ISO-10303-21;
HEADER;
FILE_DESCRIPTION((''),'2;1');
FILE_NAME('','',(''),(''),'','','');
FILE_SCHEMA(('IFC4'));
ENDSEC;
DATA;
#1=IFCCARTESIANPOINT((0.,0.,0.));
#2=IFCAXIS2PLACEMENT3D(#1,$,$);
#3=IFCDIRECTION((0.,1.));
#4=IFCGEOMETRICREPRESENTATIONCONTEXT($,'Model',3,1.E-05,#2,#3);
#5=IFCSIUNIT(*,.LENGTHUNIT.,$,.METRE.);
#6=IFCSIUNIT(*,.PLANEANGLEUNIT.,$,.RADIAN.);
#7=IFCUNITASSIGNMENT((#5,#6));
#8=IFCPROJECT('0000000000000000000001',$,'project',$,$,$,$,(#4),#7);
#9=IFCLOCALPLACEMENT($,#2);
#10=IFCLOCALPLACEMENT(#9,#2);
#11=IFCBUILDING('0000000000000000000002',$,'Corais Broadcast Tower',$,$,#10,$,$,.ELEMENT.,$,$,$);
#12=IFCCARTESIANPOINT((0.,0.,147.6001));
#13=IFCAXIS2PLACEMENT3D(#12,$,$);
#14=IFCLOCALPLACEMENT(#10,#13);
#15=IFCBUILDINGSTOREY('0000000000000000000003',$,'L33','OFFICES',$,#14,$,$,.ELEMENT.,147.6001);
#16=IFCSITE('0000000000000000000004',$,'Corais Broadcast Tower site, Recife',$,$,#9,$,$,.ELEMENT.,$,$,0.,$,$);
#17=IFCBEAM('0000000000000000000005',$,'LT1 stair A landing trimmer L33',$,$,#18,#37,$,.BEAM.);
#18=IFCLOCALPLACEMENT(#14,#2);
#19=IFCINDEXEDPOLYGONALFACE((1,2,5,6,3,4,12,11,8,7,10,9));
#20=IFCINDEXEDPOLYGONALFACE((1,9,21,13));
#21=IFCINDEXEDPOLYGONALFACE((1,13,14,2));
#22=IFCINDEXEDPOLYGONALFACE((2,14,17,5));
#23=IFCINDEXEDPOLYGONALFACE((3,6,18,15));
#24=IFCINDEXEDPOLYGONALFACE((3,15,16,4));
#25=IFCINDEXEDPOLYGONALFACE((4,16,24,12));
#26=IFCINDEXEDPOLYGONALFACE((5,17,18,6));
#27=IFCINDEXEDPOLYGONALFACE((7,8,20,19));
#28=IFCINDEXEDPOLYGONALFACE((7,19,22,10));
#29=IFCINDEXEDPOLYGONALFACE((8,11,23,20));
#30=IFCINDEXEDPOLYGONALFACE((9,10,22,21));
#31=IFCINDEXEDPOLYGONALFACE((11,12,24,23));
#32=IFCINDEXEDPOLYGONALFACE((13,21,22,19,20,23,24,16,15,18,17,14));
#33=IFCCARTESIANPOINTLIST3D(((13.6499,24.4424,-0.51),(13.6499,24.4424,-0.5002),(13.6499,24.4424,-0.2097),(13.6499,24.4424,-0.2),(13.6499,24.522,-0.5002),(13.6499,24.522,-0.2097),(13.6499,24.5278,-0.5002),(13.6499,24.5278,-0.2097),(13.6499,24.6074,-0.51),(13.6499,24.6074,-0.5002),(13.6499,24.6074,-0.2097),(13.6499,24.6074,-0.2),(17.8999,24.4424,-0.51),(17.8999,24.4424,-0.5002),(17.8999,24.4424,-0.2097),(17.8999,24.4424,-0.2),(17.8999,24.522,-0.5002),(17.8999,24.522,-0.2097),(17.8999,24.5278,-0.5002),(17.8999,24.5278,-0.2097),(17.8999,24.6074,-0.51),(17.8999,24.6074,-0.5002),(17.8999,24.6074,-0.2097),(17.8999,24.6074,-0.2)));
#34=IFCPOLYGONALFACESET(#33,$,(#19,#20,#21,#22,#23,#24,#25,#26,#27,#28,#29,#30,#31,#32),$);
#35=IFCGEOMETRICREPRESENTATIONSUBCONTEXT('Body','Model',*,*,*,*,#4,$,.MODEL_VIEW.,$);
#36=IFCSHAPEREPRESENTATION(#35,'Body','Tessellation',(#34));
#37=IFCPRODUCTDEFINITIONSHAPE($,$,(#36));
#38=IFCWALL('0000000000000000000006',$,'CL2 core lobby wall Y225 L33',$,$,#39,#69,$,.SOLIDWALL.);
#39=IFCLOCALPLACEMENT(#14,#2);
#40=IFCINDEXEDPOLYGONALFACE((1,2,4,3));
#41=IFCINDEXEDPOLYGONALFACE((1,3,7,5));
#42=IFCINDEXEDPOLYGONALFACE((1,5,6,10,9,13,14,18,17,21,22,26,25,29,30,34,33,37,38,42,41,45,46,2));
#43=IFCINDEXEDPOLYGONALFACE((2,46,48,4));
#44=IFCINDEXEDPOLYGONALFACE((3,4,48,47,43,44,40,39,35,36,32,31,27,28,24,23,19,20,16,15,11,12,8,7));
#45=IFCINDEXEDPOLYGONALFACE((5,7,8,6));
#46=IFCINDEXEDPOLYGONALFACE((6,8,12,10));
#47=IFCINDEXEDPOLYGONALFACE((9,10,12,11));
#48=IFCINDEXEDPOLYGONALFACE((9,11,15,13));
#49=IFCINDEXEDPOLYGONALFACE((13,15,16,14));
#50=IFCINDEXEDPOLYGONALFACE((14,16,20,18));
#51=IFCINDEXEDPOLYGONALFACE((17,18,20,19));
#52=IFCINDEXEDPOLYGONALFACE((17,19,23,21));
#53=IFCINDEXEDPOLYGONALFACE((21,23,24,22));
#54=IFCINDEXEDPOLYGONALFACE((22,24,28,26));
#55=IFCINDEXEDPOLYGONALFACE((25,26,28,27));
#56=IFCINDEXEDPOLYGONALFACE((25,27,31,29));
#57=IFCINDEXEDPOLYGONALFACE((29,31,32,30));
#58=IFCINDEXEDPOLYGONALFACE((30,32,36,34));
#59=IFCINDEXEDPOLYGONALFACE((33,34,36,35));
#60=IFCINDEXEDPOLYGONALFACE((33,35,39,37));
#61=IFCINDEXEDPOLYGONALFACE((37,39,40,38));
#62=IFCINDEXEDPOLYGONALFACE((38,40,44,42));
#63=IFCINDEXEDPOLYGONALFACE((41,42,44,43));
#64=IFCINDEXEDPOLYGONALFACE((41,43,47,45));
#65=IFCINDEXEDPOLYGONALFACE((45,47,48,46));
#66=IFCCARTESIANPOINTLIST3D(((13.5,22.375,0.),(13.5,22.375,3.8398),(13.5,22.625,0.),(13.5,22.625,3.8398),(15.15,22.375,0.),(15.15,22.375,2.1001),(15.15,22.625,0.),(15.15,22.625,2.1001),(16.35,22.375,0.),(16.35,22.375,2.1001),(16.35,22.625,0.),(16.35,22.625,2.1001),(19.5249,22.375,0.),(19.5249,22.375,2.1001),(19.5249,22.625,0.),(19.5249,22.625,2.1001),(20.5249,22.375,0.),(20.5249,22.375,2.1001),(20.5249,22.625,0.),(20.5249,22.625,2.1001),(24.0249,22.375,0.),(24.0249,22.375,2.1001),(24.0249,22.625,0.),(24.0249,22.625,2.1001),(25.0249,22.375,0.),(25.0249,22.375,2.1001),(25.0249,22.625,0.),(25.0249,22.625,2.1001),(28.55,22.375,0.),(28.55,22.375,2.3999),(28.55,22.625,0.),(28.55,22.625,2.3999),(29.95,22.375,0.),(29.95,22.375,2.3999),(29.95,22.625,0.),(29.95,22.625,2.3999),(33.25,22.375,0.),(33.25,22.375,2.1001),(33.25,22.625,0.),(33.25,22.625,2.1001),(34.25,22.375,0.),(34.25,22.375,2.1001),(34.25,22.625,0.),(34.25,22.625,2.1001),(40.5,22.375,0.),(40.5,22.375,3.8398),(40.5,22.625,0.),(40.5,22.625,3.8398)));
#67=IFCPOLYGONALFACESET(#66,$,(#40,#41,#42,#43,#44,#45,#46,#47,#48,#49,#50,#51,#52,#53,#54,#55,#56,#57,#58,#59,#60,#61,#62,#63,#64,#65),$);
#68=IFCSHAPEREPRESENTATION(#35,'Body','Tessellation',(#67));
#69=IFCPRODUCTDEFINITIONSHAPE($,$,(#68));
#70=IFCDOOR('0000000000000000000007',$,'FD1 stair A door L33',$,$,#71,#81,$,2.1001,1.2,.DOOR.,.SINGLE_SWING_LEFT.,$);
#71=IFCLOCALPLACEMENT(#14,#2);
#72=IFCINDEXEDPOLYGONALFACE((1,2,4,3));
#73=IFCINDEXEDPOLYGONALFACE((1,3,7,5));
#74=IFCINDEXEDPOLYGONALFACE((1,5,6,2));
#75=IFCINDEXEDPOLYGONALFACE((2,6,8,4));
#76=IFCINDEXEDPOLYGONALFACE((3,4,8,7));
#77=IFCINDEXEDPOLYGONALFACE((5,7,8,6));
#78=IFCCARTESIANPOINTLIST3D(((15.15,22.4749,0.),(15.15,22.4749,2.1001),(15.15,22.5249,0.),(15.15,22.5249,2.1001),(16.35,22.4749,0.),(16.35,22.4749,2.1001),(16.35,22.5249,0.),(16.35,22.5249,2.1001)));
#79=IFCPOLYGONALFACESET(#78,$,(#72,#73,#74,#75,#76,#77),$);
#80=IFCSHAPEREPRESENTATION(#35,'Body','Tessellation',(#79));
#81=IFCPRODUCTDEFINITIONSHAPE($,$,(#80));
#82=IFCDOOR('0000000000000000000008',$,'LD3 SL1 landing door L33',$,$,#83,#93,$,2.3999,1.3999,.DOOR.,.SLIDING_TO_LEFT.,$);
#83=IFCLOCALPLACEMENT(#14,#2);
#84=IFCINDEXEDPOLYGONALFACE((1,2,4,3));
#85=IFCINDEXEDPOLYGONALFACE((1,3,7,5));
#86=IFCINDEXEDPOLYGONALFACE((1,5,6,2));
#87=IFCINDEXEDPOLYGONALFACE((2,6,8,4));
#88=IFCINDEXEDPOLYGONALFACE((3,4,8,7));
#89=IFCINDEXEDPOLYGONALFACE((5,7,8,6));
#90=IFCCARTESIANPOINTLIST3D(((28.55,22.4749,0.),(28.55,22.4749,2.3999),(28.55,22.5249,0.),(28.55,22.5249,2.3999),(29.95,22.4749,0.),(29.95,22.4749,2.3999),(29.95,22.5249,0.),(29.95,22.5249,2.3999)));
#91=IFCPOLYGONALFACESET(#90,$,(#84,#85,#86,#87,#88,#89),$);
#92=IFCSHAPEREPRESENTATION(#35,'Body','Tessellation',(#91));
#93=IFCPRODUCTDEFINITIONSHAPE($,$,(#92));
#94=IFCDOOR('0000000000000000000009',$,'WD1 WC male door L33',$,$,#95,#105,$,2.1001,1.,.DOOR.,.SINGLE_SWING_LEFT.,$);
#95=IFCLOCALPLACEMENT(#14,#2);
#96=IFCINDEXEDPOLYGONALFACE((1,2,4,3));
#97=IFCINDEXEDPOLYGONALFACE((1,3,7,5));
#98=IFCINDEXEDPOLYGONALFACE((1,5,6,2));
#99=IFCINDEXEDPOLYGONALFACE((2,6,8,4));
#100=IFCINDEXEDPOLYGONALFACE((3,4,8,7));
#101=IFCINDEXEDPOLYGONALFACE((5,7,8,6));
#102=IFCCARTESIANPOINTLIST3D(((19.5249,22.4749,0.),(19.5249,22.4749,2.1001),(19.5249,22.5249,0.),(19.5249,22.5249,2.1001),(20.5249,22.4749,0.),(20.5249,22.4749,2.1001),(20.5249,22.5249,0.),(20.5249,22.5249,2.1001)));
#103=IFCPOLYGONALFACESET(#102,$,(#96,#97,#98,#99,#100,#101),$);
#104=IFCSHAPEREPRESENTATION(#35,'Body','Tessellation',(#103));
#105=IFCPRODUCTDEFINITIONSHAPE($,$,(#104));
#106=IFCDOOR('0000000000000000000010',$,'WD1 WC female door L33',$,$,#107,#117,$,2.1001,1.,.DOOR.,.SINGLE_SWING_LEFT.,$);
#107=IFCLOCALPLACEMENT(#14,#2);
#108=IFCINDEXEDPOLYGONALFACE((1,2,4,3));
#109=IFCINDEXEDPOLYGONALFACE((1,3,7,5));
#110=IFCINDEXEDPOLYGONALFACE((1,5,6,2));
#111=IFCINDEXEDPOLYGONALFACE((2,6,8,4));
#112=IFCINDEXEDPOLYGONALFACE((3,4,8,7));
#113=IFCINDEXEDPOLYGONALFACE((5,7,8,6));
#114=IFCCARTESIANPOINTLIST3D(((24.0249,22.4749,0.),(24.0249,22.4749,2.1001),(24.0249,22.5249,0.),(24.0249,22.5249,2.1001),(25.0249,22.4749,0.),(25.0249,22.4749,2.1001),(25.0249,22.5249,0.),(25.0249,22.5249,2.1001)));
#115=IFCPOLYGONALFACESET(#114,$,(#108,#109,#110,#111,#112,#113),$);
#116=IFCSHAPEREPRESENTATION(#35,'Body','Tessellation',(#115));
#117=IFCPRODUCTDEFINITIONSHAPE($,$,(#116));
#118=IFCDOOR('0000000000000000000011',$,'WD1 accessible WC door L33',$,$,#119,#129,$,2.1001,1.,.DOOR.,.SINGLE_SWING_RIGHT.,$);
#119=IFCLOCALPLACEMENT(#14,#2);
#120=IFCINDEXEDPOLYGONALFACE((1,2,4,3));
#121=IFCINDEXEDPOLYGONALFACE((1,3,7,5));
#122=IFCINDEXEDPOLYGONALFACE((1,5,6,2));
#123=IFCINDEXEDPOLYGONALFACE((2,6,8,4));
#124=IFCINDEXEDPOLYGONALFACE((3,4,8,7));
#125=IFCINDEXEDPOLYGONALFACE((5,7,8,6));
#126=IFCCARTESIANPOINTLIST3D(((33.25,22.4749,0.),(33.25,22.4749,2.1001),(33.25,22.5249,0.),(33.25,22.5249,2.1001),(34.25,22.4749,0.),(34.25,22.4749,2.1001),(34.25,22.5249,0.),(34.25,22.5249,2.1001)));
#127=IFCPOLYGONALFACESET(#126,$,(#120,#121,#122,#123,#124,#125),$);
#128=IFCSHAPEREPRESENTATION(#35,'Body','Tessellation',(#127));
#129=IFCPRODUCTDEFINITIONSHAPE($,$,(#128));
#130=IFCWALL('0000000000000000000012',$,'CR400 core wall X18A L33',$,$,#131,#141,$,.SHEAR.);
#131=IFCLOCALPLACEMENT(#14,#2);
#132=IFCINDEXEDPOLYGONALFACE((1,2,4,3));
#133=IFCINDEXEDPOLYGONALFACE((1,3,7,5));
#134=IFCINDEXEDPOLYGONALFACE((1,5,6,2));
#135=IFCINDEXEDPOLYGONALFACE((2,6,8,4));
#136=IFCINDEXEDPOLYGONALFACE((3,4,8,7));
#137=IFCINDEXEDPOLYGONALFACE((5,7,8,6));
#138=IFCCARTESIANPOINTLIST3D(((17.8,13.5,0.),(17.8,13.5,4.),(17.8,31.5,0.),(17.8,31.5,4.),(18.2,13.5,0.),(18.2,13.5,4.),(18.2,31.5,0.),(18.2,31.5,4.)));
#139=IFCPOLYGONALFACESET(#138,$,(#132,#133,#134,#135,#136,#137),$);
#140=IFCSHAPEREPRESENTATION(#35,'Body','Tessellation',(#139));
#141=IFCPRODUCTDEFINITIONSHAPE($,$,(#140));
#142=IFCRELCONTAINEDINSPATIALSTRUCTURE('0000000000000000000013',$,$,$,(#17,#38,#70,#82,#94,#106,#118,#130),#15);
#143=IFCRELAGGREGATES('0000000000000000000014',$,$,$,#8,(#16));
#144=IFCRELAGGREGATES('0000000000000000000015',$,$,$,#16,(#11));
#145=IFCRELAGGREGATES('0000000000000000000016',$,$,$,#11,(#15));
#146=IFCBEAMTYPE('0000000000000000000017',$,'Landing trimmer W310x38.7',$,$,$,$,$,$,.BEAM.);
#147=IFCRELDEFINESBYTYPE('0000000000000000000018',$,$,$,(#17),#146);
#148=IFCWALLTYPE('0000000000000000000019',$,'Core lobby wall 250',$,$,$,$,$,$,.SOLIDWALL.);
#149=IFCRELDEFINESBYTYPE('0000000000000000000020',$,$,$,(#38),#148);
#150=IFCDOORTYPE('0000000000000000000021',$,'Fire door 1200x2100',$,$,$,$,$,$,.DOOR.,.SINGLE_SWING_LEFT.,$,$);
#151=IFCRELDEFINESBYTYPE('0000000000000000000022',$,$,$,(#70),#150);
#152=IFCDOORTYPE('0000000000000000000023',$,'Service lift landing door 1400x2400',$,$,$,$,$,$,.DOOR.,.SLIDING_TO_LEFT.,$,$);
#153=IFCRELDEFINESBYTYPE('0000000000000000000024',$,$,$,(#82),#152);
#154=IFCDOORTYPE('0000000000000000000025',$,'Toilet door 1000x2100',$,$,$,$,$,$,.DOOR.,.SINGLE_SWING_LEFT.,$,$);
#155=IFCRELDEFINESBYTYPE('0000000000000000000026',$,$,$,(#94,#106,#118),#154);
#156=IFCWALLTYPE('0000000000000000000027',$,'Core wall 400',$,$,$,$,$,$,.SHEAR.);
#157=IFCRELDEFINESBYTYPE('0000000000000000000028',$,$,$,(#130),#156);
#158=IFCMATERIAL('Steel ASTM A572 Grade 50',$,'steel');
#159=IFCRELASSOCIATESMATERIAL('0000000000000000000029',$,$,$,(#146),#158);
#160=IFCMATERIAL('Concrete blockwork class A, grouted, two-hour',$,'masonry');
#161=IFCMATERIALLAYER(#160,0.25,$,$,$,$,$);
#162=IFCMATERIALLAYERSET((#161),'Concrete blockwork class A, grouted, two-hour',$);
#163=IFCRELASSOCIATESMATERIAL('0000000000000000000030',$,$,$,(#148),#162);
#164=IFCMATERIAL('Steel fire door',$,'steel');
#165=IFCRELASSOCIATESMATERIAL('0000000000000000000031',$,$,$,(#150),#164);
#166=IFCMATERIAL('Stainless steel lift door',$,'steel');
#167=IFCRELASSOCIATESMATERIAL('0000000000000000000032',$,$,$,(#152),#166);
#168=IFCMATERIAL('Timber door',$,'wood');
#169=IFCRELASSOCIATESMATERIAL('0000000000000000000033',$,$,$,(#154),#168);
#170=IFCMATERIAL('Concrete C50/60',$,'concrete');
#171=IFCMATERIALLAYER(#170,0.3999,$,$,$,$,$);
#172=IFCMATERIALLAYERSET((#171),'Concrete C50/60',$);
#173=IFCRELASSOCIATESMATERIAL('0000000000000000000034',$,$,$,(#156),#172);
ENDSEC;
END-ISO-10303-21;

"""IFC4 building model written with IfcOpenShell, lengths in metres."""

from ifc_helpers import new_model, si_unit, direction, frame, frame_2d, origin, origin_2d, place, context, subcontext, project, spatial, rectangle, i_section, extrude, material, layer, layer_set, material_profile, profile_set, type_object, element, fill, save


model = new_model("IFC4")

# Units and contexts
model_context = context("Model", 3, precision=1e-05, world=origin(), true_north=direction((0.0, 1.0)))
body_context = subcontext(model_context, "Body", "Model", "MODEL_VIEW")
ifc_project = project(units=[si_unit("LENGTHUNIT", "METRE"), si_unit("PLANEANGLEUNIT", "RADIAN")], contexts=[model_context])

# Site, building, storey
site_placement = place(None, origin())
site = spatial("IfcSite", under=ifc_project, at=site_placement, Name="Corais Broadcast Tower site, Recife", CompositionType="ELEMENT", RefElevation=0.0)
building_placement = place(site_placement, origin())
building = spatial("IfcBuilding", under=site, at=building_placement, Name="Corais Broadcast Tower", CompositionType="ELEMENT")
storey_placement = place(building_placement, frame((0.0, 0.0, 147.6001)))
storey = spatial("IfcBuildingStorey", under=building, at=storey_placement, Name="L33", Description="OFFICES", CompositionType="ELEMENT", Elevation=147.6001)

# Beam
ifc_material_1 = material(Name="Steel ASTM A572 Grade 50", Category="steel")
ifc_material_profile = material_profile(ifc_material_1, i_section(OverallWidth=0.165, OverallDepth=0.3101, WebThickness=0.0059, FlangeThickness=0.0098, at=origin_2d()), Name="W310x38.7")
ifc_profile_set = profile_set([ifc_material_profile], Name="Steel ASTM A572 Grade 50")
beam_type = type_object("IfcBeamType", Name="Landing trimmer W310x38.7", PredefinedType="BEAM", material=ifc_profile_set)
beam_placement = place(storey_placement, frame((13.6499, 24.5249, -0.355), z_axis=(1.0, 0.0, 0.0), x_axis=(0.0, 1.0, 0.0)))
element("IfcBeam", 1, at=beam_placement, inside=storey, type_object=beam_type, Name="LT1 stair A landing trimmer L33", PredefinedType="BEAM", context=body_context, shape_type="SweptSolid", body=[
    extrude(i_section(OverallWidth=0.165, OverallDepth=0.3101, WebThickness=0.0059, FlangeThickness=0.0098, at=origin_2d()), origin(), (0.0, 0.0, 1.0), 4.25),
])

# Wall, openings, doors
ifc_material_2 = material(Name="Concrete blockwork class A, grouted, two-hour", Category="masonry")
ifc_layer_1 = layer(ifc_material_2, 0.25)
ifc_layer_set_1 = layer_set([ifc_layer_1], Name="Concrete blockwork class A, grouted, two-hour")
wall_type_1 = type_object("IfcWallType", Name="Core lobby wall 250", PredefinedType="SOLIDWALL", material=ifc_layer_set_1)
wall_1_placement = place(storey_placement, frame((13.5, 22.5, 0.0), z_axis=(0.0, 0.0, 1.0), x_axis=(1.0, 0.0, 0.0)))
wall_1 = element("IfcWall", 2, at=wall_1_placement, inside=storey, type_object=wall_type_1, Name="CL2 core lobby wall Y225 L33", PredefinedType="SOLIDWALL", context=body_context, shape_type="SweptSolid", body=[
    extrude(rectangle(XDim=27.0, YDim=0.25, at=frame_2d((13.5, 0.0))), origin(), (0.0, 0.0, 1.0), 3.8398),
])
opening_1_placement = place(wall_1_placement, frame((1.6499, 0.0, 0.0)))
opening_1 = element("IfcOpeningElement", 3, at=opening_1_placement, cuts=wall_1, PredefinedType="OPENING", context=body_context, shape_type="SweptSolid", body=[
    extrude(rectangle(XDim=1.2, YDim=2.1001, at=frame_2d((0.6001, 1.05))), frame((0.0, 0.135, 0.0), z_axis=(0.0, -1.0, 0.0), x_axis=(1.0, 0.0, 0.0)), (0.0, 0.0, 1.0), 0.27),
])
opening_2_placement = place(wall_1_placement, frame((6.0249, 0.0, 0.0)))
opening_2 = element("IfcOpeningElement", 4, at=opening_2_placement, cuts=wall_1, PredefinedType="OPENING", context=body_context, shape_type="SweptSolid", body=[
    extrude(rectangle(XDim=1.0, YDim=2.1001, at=frame_2d((0.5, 1.05))), frame((0.0, 0.135, 0.0), z_axis=(0.0, -1.0, 0.0), x_axis=(1.0, 0.0, 0.0)), (0.0, 0.0, 1.0), 0.27),
])
opening_3_placement = place(wall_1_placement, frame((10.5249, 0.0, 0.0)))
opening_3 = element("IfcOpeningElement", 5, at=opening_3_placement, cuts=wall_1, PredefinedType="OPENING", context=body_context, shape_type="SweptSolid", body=[
    extrude(rectangle(XDim=1.0, YDim=2.1001, at=frame_2d((0.5, 1.05))), frame((0.0, 0.135, 0.0), z_axis=(0.0, -1.0, 0.0), x_axis=(1.0, 0.0, 0.0)), (0.0, 0.0, 1.0), 0.27),
])
opening_4_placement = place(wall_1_placement, frame((19.75, 0.0, 0.0)))
opening_4 = element("IfcOpeningElement", 6, at=opening_4_placement, cuts=wall_1, PredefinedType="OPENING", context=body_context, shape_type="SweptSolid", body=[
    extrude(rectangle(XDim=1.0, YDim=2.1001, at=frame_2d((0.5, 1.05))), frame((0.0, 0.135, 0.0), z_axis=(0.0, -1.0, 0.0), x_axis=(1.0, 0.0, 0.0)), (0.0, 0.0, 1.0), 0.27),
])
opening_5_placement = place(wall_1_placement, frame((15.05, 0.0, 0.0)))
opening_5 = element("IfcOpeningElement", 7, at=opening_5_placement, cuts=wall_1, PredefinedType="OPENING", context=body_context, shape_type="SweptSolid", body=[
    extrude(rectangle(XDim=1.3999, YDim=2.3999, at=frame_2d((0.7, 1.2))), frame((0.0, 0.135, 0.0), z_axis=(0.0, -1.0, 0.0), x_axis=(1.0, 0.0, 0.0)), (0.0, 0.0, 1.0), 0.27),
])
ifc_material_3 = material(Name="Steel fire door", Category="steel")
door_type_1 = type_object("IfcDoorType", Name="Fire door 1200x2100", OperationType="SINGLE_SWING_LEFT", PredefinedType="DOOR", material=ifc_material_3)
door_1_placement = place(opening_1_placement, origin())
door_1 = element("IfcDoor", 8, at=door_1_placement, inside=storey, type_object=door_type_1, Name="FD1 stair A door L33", OperationType="SINGLE_SWING_LEFT", OverallHeight=2.1001, OverallWidth=1.2, PredefinedType="DOOR", context=body_context, shape_type="SweptSolid", body=[
    extrude(rectangle(XDim=1.2, YDim=2.1001, at=frame_2d((0.6001, 1.05))), frame((0.0, 0.0249, 0.0), z_axis=(0.0, -1.0, 0.0), x_axis=(1.0, 0.0, 0.0)), (0.0, 0.0, 1.0), 0.05),
])
fill(opening_1, door_1)
ifc_material_4 = material(Name="Stainless steel lift door", Category="steel")
door_type_2 = type_object("IfcDoorType", Name="Service lift landing door 1400x2400", OperationType="SLIDING_TO_LEFT", PredefinedType="DOOR", material=ifc_material_4)
door_2_placement = place(opening_5_placement, origin())
door_2 = element("IfcDoor", 9, at=door_2_placement, inside=storey, type_object=door_type_2, Name="LD3 SL1 landing door L33", OperationType="SLIDING_TO_LEFT", OverallHeight=2.3999, OverallWidth=1.3999, PredefinedType="DOOR", context=body_context, shape_type="SweptSolid", body=[
    extrude(rectangle(XDim=1.3999, YDim=2.3999, at=frame_2d((0.7, 1.2))), frame((0.0, 0.0249, 0.0), z_axis=(0.0, -1.0, 0.0), x_axis=(1.0, 0.0, 0.0)), (0.0, 0.0, 1.0), 0.05),
])
fill(opening_5, door_2)
ifc_material_5 = material(Name="Timber door", Category="wood")
door_type_3 = type_object("IfcDoorType", Name="Toilet door 1000x2100", OperationType="SINGLE_SWING_LEFT", PredefinedType="DOOR", material=ifc_material_5)
door_3_placement = place(opening_2_placement, origin())
door_3 = element("IfcDoor", 10, at=door_3_placement, inside=storey, type_object=door_type_3, Name="WD1 WC male door L33", OperationType="SINGLE_SWING_LEFT", OverallHeight=2.1001, OverallWidth=1.0, PredefinedType="DOOR", context=body_context, shape_type="SweptSolid", body=[
    extrude(rectangle(XDim=1.0, YDim=2.1001, at=frame_2d((0.5, 1.05))), frame((0.0, 0.0249, 0.0), z_axis=(0.0, -1.0, 0.0), x_axis=(1.0, 0.0, 0.0)), (0.0, 0.0, 1.0), 0.05),
])
fill(opening_2, door_3)
door_4_placement = place(opening_3_placement, origin())
door_4 = element("IfcDoor", 11, at=door_4_placement, inside=storey, type_object=door_type_3, Name="WD1 WC female door L33", OperationType="SINGLE_SWING_LEFT", OverallHeight=2.1001, OverallWidth=1.0, PredefinedType="DOOR", context=body_context, shape_type="SweptSolid", body=[
    extrude(rectangle(XDim=1.0, YDim=2.1001, at=frame_2d((0.5, 1.05))), frame((0.0, 0.0249, 0.0), z_axis=(0.0, -1.0, 0.0), x_axis=(1.0, 0.0, 0.0)), (0.0, 0.0, 1.0), 0.05),
])
fill(opening_3, door_4)
door_5_placement = place(opening_4_placement, origin())
door_5 = element("IfcDoor", 12, at=door_5_placement, inside=storey, type_object=door_type_3, Name="WD1 accessible WC door L33", OperationType="SINGLE_SWING_RIGHT", OverallHeight=2.1001, OverallWidth=1.0, PredefinedType="DOOR", context=body_context, shape_type="SweptSolid", body=[
    extrude(rectangle(XDim=1.0, YDim=2.1001, at=frame_2d((0.5, 1.05))), frame((0.0, 0.0249, 0.0), z_axis=(0.0, -1.0, 0.0), x_axis=(1.0, 0.0, 0.0)), (0.0, 0.0, 1.0), 0.05),
])
fill(opening_4, door_5)

# Wall
ifc_material_6 = material(Name="Concrete C50/60", Category="concrete")
ifc_layer_2 = layer(ifc_material_6, 0.3999)
ifc_layer_set_2 = layer_set([ifc_layer_2], Name="Concrete C50/60")
wall_type_2 = type_object("IfcWallType", Name="Core wall 400", PredefinedType="SHEAR", material=ifc_layer_set_2)
wall_2_placement = place(storey_placement, frame((18.0, 13.5, 0.0), z_axis=(0.0, 0.0, 1.0), x_axis=(0.0, 1.0, 0.0)))
element("IfcWall", 13, at=wall_2_placement, inside=storey, type_object=wall_type_2, Name="CR400 core wall X18A L33", PredefinedType="SHEAR", context=body_context, shape_type="SweptSolid", body=[
    extrude(rectangle(XDim=18.0, YDim=0.3999, at=frame_2d((9.0, 0.0))), origin(), (0.0, 0.0, 1.0), 4.0),
])

save(model, "model.ifc")
